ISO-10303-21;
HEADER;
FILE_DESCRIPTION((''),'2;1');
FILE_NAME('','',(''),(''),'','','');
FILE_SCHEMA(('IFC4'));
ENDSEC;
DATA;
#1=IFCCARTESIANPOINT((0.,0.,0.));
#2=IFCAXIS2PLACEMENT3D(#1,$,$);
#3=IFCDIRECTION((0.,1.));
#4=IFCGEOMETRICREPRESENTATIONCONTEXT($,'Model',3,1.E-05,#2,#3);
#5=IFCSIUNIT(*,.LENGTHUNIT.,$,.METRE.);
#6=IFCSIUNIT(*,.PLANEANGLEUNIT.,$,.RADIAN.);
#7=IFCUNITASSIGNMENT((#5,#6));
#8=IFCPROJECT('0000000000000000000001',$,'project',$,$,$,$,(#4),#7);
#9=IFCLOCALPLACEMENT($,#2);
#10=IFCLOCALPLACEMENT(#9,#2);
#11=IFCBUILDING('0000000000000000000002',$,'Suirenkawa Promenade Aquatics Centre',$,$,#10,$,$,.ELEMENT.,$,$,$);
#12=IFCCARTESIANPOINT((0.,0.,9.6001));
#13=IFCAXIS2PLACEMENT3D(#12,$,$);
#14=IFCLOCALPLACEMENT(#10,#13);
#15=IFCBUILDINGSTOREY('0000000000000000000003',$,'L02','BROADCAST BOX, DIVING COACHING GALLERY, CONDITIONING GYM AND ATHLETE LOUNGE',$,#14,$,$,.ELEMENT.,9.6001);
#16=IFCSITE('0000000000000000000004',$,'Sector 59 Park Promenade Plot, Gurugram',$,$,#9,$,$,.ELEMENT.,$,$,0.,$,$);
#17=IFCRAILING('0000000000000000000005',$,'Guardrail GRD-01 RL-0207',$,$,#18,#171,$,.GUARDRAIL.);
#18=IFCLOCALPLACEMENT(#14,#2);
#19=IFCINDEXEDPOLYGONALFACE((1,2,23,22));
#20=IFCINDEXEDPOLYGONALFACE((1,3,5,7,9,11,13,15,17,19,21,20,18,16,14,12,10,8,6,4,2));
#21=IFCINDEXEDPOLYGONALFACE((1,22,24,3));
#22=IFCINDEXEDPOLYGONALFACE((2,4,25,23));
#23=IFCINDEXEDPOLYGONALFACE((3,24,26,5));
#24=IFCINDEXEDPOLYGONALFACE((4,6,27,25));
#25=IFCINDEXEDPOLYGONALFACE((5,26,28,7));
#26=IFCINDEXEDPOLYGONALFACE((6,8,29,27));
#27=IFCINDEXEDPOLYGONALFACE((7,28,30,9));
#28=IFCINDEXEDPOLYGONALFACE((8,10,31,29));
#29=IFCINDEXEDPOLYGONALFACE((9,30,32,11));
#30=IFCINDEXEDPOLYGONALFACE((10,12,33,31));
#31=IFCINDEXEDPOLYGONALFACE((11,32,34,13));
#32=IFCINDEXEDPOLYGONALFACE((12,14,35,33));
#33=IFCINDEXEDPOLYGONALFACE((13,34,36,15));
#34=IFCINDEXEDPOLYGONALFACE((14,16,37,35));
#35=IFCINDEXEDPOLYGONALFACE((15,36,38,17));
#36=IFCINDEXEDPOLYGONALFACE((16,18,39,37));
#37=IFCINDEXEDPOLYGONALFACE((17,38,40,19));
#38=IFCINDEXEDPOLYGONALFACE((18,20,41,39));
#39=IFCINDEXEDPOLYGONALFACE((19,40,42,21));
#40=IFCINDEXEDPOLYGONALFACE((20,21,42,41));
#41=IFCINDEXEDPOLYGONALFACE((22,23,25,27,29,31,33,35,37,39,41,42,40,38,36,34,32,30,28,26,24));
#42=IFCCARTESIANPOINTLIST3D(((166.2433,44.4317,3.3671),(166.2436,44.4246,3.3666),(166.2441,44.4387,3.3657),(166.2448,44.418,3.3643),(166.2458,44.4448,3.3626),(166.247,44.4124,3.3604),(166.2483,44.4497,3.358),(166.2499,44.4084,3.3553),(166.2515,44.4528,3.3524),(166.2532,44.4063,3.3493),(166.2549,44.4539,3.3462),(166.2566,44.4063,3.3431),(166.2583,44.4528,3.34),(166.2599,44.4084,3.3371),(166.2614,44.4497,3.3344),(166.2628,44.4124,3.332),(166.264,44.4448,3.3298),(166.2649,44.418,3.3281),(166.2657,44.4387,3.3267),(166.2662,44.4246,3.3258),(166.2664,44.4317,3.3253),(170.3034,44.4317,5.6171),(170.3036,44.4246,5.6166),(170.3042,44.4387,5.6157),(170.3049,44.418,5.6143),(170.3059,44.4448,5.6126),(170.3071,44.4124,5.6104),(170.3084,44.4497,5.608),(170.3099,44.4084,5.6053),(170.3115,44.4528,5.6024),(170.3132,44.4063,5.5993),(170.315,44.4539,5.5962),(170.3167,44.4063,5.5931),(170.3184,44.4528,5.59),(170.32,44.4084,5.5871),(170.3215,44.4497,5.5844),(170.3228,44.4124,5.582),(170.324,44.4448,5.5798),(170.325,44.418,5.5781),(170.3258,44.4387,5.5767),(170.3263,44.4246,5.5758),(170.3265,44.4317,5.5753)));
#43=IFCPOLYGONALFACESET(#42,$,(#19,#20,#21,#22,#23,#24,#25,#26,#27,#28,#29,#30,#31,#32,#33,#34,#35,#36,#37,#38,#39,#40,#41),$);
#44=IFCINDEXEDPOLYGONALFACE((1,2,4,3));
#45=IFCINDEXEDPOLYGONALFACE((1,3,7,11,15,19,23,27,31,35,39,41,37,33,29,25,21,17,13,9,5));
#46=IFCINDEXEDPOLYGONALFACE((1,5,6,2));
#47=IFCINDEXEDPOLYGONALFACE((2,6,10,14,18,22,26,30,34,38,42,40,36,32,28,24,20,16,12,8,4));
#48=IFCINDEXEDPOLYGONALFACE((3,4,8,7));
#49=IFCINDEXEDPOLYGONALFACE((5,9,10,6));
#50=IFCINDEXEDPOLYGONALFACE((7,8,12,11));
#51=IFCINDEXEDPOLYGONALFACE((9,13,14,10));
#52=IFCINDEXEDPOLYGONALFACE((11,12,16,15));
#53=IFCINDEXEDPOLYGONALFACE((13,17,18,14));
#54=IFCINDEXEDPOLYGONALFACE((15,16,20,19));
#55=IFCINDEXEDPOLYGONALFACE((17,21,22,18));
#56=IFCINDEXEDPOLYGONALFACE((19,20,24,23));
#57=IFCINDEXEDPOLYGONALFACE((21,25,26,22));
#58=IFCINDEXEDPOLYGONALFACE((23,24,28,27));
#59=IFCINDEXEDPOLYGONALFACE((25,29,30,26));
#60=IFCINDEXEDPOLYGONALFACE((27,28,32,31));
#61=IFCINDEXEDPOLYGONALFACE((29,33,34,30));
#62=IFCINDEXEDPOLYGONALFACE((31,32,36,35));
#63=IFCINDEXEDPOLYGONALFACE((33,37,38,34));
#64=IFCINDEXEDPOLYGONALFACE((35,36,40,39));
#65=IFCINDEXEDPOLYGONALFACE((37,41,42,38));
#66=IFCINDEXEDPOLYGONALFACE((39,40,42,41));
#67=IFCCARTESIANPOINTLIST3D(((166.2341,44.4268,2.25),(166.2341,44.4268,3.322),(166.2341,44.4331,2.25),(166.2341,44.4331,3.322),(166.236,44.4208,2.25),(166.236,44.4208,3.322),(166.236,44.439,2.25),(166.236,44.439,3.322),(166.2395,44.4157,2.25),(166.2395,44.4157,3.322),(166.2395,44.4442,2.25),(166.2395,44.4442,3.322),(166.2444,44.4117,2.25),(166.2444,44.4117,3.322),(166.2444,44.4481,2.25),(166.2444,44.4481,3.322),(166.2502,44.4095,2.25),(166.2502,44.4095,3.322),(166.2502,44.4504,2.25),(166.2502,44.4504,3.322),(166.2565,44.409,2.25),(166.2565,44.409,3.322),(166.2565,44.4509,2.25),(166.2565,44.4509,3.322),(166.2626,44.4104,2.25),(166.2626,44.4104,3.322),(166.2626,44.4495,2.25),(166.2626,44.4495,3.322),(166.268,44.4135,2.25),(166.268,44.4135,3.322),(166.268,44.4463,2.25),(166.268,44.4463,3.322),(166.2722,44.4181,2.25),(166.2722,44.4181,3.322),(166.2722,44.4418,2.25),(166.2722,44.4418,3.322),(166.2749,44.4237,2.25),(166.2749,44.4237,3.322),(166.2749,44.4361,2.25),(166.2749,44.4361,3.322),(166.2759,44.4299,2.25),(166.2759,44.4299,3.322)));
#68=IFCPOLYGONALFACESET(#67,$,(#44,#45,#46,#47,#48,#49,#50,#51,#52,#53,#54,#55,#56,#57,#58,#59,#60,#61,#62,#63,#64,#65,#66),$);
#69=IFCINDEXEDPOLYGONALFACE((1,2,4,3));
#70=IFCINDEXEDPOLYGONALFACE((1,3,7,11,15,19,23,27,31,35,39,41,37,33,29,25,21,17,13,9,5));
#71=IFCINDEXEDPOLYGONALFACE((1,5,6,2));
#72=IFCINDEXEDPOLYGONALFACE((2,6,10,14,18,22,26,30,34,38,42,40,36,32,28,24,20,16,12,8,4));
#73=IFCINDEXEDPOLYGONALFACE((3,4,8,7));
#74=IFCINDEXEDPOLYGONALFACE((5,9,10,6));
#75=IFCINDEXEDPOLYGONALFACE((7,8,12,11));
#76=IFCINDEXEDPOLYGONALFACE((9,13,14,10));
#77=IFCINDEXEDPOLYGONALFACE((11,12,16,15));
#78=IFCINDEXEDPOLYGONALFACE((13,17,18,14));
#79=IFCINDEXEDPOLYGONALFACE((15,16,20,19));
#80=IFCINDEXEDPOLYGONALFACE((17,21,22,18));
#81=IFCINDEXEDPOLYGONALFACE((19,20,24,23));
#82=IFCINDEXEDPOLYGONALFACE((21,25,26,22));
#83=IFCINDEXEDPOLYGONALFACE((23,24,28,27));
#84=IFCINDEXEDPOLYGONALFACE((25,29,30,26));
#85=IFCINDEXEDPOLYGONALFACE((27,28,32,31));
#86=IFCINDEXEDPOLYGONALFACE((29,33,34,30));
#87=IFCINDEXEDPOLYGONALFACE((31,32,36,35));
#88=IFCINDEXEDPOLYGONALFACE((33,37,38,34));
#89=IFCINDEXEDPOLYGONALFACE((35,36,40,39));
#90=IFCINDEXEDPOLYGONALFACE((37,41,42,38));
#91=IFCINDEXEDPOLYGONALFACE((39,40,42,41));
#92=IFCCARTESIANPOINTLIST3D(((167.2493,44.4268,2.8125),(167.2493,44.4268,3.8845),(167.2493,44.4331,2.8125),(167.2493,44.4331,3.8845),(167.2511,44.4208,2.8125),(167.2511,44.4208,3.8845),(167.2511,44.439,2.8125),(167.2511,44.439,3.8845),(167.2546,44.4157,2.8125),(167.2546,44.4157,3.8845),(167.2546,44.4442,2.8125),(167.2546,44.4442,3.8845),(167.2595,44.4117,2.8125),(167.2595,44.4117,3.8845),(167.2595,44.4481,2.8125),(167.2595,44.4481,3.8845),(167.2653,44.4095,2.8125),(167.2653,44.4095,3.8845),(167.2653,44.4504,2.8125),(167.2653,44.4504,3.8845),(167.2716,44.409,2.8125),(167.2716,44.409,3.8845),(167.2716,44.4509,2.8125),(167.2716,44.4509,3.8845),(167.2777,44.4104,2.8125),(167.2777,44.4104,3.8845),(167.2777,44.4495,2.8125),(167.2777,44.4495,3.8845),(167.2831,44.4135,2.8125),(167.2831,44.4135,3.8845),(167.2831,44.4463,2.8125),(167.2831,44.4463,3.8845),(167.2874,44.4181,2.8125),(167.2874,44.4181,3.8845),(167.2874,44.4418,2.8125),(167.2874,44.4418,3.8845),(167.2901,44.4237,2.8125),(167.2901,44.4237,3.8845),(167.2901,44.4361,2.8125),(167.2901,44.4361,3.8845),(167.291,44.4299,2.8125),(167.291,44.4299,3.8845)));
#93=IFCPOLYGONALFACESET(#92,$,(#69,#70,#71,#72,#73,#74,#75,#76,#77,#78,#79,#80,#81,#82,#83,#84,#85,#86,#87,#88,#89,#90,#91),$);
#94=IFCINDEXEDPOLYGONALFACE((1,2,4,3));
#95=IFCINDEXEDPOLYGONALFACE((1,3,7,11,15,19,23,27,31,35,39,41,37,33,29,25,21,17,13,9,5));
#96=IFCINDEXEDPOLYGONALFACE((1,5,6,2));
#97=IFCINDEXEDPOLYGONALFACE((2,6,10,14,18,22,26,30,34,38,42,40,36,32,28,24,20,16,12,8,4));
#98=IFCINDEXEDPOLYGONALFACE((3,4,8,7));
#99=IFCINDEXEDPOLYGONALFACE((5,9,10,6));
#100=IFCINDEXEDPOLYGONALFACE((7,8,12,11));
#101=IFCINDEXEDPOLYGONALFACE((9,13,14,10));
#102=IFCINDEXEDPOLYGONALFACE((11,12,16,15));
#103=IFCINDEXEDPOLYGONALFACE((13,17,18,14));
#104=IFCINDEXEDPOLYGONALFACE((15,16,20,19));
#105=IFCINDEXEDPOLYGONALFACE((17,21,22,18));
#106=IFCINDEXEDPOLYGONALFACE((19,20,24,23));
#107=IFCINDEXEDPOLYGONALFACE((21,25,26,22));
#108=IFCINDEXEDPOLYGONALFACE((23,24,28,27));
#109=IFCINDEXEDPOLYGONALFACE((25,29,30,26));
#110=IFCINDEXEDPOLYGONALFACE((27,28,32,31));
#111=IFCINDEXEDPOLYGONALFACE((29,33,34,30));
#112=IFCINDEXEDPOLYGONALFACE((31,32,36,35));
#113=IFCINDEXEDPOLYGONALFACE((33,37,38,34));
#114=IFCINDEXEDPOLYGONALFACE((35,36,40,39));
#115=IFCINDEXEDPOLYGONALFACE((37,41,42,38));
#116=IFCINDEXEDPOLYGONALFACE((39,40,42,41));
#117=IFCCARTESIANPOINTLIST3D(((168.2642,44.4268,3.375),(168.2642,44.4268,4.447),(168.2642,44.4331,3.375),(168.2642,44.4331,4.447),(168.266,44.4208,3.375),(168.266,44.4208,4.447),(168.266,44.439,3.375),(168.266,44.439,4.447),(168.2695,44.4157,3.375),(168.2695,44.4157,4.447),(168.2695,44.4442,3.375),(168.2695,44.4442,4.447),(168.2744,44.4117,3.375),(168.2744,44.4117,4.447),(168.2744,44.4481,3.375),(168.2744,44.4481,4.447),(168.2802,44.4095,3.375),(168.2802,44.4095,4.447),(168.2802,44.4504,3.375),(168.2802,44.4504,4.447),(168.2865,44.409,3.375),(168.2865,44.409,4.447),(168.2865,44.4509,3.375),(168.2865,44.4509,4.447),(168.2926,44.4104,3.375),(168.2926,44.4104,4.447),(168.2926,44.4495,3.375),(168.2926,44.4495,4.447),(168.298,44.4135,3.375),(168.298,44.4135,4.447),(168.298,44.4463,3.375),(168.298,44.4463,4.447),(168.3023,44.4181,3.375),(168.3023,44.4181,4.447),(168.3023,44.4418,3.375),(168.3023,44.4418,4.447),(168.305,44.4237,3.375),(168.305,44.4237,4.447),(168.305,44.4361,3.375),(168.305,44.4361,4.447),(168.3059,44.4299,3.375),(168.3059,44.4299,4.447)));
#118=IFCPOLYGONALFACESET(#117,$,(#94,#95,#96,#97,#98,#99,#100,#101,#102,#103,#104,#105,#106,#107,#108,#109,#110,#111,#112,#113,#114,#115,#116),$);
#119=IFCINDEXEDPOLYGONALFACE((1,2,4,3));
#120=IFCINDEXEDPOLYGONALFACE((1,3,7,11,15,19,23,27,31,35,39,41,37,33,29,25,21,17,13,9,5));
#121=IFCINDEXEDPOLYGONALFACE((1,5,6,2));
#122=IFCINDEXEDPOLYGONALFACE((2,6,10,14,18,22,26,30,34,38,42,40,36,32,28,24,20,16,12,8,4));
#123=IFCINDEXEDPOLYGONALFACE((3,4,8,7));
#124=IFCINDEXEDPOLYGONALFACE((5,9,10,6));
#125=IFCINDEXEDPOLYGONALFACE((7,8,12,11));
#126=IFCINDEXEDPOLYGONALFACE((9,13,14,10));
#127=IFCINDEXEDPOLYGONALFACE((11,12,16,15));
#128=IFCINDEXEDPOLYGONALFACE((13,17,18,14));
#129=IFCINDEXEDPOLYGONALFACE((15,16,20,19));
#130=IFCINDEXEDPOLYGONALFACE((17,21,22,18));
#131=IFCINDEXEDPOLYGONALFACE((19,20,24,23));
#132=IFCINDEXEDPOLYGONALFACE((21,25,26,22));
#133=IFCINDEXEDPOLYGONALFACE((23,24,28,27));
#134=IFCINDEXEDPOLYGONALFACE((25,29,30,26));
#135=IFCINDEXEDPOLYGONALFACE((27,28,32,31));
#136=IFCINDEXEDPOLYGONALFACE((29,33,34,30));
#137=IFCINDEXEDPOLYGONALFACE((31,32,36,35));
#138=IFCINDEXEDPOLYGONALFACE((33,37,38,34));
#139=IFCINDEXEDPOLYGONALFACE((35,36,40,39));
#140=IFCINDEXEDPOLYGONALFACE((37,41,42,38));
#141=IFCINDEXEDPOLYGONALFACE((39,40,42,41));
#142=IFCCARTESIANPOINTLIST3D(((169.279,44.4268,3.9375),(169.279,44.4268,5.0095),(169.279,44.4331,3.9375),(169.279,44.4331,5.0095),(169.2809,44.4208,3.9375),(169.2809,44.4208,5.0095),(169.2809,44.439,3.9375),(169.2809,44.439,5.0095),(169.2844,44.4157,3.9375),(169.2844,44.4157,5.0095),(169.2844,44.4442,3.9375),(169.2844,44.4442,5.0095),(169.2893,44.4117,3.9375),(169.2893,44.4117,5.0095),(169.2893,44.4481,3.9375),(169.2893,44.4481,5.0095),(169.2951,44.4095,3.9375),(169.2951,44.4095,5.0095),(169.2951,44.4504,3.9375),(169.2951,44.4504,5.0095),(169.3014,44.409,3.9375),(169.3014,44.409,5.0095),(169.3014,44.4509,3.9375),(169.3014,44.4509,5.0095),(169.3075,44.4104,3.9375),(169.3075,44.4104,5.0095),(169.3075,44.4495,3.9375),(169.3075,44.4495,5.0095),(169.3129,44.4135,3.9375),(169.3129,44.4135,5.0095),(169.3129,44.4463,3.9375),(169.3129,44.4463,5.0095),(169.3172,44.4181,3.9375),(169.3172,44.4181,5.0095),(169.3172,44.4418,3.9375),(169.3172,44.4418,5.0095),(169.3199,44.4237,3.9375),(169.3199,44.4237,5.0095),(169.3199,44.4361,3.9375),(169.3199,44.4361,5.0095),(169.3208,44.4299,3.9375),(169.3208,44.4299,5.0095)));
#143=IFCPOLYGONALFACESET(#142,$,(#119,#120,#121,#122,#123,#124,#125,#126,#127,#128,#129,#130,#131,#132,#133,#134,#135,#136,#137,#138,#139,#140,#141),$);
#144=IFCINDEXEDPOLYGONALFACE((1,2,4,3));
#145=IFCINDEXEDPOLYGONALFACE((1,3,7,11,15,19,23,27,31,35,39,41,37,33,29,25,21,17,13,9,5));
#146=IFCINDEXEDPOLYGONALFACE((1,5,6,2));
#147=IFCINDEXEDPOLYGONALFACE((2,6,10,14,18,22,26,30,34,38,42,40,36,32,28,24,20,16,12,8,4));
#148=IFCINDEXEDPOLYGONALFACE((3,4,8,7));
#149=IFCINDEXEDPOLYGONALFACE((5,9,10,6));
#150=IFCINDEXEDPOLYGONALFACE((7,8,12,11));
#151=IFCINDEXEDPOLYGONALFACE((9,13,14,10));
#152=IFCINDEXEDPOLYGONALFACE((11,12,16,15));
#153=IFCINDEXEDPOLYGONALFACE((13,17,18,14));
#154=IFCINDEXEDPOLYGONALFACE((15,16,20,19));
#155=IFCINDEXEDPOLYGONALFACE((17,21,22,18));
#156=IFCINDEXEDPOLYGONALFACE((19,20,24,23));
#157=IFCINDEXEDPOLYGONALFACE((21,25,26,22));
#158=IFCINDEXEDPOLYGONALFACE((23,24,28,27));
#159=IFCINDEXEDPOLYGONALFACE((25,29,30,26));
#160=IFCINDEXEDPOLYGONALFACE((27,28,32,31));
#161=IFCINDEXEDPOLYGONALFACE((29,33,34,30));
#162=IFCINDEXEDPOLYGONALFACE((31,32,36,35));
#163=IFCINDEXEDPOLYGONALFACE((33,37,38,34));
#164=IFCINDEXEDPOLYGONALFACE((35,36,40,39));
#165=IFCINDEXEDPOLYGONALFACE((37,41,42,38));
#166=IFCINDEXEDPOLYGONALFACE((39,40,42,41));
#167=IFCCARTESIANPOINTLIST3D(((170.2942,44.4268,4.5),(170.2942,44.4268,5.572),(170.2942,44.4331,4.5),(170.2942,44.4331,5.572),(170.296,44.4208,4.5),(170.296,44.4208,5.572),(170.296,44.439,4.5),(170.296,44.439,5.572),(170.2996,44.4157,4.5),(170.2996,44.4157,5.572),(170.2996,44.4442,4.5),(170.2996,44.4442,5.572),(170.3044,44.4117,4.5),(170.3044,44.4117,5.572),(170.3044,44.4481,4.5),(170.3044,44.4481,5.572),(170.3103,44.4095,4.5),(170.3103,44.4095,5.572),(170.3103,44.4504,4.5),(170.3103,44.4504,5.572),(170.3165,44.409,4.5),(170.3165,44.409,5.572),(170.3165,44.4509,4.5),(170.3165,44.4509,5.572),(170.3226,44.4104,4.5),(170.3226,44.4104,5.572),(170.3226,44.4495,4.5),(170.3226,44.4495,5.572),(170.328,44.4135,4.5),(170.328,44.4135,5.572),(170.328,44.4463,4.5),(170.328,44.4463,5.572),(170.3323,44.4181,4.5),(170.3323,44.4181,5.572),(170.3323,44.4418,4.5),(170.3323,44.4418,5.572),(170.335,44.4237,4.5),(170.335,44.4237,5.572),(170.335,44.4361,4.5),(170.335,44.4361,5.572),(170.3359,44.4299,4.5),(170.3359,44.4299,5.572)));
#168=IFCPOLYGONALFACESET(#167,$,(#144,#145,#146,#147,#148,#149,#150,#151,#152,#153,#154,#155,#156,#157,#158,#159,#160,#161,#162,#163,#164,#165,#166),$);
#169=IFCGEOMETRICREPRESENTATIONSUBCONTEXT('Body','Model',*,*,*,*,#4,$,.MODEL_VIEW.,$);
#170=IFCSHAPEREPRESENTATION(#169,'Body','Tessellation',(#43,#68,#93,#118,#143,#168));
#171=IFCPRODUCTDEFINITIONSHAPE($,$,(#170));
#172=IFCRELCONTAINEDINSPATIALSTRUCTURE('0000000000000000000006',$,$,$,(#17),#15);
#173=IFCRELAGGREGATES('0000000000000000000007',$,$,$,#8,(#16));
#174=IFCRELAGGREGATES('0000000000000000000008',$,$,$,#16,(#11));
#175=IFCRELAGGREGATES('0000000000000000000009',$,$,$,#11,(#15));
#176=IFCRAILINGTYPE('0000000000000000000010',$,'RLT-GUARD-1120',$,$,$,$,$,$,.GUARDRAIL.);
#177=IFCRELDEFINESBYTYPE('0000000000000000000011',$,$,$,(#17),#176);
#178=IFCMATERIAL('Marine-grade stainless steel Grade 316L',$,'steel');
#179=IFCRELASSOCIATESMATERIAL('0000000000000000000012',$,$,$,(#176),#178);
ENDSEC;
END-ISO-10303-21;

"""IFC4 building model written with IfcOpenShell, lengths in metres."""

from ifc_helpers import new_model, si_unit, direction, frame, origin, origin_2d, place, context, subcontext, project, spatial, circle, extrude, material, type_object, element, save


model = new_model("IFC4")

# Units and contexts
model_context = context("Model", 3, precision=1e-05, world=origin(), true_north=direction((0.0, 1.0)))
body_context = subcontext(model_context, "Body", "Model", "MODEL_VIEW")
ifc_project = project(units=[si_unit("LENGTHUNIT", "METRE"), si_unit("PLANEANGLEUNIT", "RADIAN")], contexts=[model_context])

# Site, building, storey
site_placement = place(None, origin())
site = spatial("IfcSite", under=ifc_project, at=site_placement, Name="Sector 59 Park Promenade Plot, Gurugram", CompositionType="ELEMENT", RefElevation=0.0)
building_placement = place(site_placement, origin())
building = spatial("IfcBuilding", under=site, at=building_placement, Name="Suirenkawa Promenade Aquatics Centre", CompositionType="ELEMENT")
storey_placement = place(building_placement, frame((0.0, 0.0, 9.6001)))
storey = spatial("IfcBuildingStorey", under=building, at=storey_placement, Name="L02", Description="BROADCAST BOX, DIVING COACHING GALLERY, CONDITIONING GYM AND ATHLETE LOUNGE", CompositionType="ELEMENT", Elevation=9.6001)

# Railing
ifc_material_1 = material(Name="Marine-grade stainless steel Grade 316L", Category="steel")
railing_type_1 = type_object("IfcRailingType", Name="RLT-GUARD-1120", PredefinedType="GUARDRAIL", material=ifc_material_1)
for number, where, name in (
    (1, (166.2549, 44.4299, 2.25), "Guardrail GRD-01 RL-0207"),
):
    element("IfcRailing", number, at=place(storey_placement, frame(where)), inside=storey, type_object=railing_type_1, Name=name, PredefinedType="GUARDRAIL", context=body_context, shape_type="SweptSolid", body=[
        extrude(circle(Radius=0.0239, at=origin_2d()), frame((0.0, 0.0, 1.0962), z_axis=(0.874668, 0.0, 0.484723), x_axis=(0.0, 1.0, 0.0)), (0.0, 0.0, 1.0), 4.6418),
        extrude(circle(Radius=0.021, at=origin_2d()), origin(), (0.0, 0.0, 1.0), 1.072),
        extrude(circle(Radius=0.021, at=origin_2d()), frame((1.0151, 0.0, 0.5625)), (0.0, 0.0, 1.0), 1.072),
        extrude(circle(Radius=0.021, at=origin_2d()), frame((2.03, 0.0, 1.125)), (0.0, 0.0, 1.0), 1.072),
        extrude(circle(Radius=0.021, at=origin_2d()), frame((3.0449, 0.0, 1.6875)), (0.0, 0.0, 1.0), 1.072),
        extrude(circle(Radius=0.021, at=origin_2d()), frame((4.0601, 0.0, 2.25)), (0.0, 0.0, 1.0), 1.072),
    ])

save(model, "model.ifc")
